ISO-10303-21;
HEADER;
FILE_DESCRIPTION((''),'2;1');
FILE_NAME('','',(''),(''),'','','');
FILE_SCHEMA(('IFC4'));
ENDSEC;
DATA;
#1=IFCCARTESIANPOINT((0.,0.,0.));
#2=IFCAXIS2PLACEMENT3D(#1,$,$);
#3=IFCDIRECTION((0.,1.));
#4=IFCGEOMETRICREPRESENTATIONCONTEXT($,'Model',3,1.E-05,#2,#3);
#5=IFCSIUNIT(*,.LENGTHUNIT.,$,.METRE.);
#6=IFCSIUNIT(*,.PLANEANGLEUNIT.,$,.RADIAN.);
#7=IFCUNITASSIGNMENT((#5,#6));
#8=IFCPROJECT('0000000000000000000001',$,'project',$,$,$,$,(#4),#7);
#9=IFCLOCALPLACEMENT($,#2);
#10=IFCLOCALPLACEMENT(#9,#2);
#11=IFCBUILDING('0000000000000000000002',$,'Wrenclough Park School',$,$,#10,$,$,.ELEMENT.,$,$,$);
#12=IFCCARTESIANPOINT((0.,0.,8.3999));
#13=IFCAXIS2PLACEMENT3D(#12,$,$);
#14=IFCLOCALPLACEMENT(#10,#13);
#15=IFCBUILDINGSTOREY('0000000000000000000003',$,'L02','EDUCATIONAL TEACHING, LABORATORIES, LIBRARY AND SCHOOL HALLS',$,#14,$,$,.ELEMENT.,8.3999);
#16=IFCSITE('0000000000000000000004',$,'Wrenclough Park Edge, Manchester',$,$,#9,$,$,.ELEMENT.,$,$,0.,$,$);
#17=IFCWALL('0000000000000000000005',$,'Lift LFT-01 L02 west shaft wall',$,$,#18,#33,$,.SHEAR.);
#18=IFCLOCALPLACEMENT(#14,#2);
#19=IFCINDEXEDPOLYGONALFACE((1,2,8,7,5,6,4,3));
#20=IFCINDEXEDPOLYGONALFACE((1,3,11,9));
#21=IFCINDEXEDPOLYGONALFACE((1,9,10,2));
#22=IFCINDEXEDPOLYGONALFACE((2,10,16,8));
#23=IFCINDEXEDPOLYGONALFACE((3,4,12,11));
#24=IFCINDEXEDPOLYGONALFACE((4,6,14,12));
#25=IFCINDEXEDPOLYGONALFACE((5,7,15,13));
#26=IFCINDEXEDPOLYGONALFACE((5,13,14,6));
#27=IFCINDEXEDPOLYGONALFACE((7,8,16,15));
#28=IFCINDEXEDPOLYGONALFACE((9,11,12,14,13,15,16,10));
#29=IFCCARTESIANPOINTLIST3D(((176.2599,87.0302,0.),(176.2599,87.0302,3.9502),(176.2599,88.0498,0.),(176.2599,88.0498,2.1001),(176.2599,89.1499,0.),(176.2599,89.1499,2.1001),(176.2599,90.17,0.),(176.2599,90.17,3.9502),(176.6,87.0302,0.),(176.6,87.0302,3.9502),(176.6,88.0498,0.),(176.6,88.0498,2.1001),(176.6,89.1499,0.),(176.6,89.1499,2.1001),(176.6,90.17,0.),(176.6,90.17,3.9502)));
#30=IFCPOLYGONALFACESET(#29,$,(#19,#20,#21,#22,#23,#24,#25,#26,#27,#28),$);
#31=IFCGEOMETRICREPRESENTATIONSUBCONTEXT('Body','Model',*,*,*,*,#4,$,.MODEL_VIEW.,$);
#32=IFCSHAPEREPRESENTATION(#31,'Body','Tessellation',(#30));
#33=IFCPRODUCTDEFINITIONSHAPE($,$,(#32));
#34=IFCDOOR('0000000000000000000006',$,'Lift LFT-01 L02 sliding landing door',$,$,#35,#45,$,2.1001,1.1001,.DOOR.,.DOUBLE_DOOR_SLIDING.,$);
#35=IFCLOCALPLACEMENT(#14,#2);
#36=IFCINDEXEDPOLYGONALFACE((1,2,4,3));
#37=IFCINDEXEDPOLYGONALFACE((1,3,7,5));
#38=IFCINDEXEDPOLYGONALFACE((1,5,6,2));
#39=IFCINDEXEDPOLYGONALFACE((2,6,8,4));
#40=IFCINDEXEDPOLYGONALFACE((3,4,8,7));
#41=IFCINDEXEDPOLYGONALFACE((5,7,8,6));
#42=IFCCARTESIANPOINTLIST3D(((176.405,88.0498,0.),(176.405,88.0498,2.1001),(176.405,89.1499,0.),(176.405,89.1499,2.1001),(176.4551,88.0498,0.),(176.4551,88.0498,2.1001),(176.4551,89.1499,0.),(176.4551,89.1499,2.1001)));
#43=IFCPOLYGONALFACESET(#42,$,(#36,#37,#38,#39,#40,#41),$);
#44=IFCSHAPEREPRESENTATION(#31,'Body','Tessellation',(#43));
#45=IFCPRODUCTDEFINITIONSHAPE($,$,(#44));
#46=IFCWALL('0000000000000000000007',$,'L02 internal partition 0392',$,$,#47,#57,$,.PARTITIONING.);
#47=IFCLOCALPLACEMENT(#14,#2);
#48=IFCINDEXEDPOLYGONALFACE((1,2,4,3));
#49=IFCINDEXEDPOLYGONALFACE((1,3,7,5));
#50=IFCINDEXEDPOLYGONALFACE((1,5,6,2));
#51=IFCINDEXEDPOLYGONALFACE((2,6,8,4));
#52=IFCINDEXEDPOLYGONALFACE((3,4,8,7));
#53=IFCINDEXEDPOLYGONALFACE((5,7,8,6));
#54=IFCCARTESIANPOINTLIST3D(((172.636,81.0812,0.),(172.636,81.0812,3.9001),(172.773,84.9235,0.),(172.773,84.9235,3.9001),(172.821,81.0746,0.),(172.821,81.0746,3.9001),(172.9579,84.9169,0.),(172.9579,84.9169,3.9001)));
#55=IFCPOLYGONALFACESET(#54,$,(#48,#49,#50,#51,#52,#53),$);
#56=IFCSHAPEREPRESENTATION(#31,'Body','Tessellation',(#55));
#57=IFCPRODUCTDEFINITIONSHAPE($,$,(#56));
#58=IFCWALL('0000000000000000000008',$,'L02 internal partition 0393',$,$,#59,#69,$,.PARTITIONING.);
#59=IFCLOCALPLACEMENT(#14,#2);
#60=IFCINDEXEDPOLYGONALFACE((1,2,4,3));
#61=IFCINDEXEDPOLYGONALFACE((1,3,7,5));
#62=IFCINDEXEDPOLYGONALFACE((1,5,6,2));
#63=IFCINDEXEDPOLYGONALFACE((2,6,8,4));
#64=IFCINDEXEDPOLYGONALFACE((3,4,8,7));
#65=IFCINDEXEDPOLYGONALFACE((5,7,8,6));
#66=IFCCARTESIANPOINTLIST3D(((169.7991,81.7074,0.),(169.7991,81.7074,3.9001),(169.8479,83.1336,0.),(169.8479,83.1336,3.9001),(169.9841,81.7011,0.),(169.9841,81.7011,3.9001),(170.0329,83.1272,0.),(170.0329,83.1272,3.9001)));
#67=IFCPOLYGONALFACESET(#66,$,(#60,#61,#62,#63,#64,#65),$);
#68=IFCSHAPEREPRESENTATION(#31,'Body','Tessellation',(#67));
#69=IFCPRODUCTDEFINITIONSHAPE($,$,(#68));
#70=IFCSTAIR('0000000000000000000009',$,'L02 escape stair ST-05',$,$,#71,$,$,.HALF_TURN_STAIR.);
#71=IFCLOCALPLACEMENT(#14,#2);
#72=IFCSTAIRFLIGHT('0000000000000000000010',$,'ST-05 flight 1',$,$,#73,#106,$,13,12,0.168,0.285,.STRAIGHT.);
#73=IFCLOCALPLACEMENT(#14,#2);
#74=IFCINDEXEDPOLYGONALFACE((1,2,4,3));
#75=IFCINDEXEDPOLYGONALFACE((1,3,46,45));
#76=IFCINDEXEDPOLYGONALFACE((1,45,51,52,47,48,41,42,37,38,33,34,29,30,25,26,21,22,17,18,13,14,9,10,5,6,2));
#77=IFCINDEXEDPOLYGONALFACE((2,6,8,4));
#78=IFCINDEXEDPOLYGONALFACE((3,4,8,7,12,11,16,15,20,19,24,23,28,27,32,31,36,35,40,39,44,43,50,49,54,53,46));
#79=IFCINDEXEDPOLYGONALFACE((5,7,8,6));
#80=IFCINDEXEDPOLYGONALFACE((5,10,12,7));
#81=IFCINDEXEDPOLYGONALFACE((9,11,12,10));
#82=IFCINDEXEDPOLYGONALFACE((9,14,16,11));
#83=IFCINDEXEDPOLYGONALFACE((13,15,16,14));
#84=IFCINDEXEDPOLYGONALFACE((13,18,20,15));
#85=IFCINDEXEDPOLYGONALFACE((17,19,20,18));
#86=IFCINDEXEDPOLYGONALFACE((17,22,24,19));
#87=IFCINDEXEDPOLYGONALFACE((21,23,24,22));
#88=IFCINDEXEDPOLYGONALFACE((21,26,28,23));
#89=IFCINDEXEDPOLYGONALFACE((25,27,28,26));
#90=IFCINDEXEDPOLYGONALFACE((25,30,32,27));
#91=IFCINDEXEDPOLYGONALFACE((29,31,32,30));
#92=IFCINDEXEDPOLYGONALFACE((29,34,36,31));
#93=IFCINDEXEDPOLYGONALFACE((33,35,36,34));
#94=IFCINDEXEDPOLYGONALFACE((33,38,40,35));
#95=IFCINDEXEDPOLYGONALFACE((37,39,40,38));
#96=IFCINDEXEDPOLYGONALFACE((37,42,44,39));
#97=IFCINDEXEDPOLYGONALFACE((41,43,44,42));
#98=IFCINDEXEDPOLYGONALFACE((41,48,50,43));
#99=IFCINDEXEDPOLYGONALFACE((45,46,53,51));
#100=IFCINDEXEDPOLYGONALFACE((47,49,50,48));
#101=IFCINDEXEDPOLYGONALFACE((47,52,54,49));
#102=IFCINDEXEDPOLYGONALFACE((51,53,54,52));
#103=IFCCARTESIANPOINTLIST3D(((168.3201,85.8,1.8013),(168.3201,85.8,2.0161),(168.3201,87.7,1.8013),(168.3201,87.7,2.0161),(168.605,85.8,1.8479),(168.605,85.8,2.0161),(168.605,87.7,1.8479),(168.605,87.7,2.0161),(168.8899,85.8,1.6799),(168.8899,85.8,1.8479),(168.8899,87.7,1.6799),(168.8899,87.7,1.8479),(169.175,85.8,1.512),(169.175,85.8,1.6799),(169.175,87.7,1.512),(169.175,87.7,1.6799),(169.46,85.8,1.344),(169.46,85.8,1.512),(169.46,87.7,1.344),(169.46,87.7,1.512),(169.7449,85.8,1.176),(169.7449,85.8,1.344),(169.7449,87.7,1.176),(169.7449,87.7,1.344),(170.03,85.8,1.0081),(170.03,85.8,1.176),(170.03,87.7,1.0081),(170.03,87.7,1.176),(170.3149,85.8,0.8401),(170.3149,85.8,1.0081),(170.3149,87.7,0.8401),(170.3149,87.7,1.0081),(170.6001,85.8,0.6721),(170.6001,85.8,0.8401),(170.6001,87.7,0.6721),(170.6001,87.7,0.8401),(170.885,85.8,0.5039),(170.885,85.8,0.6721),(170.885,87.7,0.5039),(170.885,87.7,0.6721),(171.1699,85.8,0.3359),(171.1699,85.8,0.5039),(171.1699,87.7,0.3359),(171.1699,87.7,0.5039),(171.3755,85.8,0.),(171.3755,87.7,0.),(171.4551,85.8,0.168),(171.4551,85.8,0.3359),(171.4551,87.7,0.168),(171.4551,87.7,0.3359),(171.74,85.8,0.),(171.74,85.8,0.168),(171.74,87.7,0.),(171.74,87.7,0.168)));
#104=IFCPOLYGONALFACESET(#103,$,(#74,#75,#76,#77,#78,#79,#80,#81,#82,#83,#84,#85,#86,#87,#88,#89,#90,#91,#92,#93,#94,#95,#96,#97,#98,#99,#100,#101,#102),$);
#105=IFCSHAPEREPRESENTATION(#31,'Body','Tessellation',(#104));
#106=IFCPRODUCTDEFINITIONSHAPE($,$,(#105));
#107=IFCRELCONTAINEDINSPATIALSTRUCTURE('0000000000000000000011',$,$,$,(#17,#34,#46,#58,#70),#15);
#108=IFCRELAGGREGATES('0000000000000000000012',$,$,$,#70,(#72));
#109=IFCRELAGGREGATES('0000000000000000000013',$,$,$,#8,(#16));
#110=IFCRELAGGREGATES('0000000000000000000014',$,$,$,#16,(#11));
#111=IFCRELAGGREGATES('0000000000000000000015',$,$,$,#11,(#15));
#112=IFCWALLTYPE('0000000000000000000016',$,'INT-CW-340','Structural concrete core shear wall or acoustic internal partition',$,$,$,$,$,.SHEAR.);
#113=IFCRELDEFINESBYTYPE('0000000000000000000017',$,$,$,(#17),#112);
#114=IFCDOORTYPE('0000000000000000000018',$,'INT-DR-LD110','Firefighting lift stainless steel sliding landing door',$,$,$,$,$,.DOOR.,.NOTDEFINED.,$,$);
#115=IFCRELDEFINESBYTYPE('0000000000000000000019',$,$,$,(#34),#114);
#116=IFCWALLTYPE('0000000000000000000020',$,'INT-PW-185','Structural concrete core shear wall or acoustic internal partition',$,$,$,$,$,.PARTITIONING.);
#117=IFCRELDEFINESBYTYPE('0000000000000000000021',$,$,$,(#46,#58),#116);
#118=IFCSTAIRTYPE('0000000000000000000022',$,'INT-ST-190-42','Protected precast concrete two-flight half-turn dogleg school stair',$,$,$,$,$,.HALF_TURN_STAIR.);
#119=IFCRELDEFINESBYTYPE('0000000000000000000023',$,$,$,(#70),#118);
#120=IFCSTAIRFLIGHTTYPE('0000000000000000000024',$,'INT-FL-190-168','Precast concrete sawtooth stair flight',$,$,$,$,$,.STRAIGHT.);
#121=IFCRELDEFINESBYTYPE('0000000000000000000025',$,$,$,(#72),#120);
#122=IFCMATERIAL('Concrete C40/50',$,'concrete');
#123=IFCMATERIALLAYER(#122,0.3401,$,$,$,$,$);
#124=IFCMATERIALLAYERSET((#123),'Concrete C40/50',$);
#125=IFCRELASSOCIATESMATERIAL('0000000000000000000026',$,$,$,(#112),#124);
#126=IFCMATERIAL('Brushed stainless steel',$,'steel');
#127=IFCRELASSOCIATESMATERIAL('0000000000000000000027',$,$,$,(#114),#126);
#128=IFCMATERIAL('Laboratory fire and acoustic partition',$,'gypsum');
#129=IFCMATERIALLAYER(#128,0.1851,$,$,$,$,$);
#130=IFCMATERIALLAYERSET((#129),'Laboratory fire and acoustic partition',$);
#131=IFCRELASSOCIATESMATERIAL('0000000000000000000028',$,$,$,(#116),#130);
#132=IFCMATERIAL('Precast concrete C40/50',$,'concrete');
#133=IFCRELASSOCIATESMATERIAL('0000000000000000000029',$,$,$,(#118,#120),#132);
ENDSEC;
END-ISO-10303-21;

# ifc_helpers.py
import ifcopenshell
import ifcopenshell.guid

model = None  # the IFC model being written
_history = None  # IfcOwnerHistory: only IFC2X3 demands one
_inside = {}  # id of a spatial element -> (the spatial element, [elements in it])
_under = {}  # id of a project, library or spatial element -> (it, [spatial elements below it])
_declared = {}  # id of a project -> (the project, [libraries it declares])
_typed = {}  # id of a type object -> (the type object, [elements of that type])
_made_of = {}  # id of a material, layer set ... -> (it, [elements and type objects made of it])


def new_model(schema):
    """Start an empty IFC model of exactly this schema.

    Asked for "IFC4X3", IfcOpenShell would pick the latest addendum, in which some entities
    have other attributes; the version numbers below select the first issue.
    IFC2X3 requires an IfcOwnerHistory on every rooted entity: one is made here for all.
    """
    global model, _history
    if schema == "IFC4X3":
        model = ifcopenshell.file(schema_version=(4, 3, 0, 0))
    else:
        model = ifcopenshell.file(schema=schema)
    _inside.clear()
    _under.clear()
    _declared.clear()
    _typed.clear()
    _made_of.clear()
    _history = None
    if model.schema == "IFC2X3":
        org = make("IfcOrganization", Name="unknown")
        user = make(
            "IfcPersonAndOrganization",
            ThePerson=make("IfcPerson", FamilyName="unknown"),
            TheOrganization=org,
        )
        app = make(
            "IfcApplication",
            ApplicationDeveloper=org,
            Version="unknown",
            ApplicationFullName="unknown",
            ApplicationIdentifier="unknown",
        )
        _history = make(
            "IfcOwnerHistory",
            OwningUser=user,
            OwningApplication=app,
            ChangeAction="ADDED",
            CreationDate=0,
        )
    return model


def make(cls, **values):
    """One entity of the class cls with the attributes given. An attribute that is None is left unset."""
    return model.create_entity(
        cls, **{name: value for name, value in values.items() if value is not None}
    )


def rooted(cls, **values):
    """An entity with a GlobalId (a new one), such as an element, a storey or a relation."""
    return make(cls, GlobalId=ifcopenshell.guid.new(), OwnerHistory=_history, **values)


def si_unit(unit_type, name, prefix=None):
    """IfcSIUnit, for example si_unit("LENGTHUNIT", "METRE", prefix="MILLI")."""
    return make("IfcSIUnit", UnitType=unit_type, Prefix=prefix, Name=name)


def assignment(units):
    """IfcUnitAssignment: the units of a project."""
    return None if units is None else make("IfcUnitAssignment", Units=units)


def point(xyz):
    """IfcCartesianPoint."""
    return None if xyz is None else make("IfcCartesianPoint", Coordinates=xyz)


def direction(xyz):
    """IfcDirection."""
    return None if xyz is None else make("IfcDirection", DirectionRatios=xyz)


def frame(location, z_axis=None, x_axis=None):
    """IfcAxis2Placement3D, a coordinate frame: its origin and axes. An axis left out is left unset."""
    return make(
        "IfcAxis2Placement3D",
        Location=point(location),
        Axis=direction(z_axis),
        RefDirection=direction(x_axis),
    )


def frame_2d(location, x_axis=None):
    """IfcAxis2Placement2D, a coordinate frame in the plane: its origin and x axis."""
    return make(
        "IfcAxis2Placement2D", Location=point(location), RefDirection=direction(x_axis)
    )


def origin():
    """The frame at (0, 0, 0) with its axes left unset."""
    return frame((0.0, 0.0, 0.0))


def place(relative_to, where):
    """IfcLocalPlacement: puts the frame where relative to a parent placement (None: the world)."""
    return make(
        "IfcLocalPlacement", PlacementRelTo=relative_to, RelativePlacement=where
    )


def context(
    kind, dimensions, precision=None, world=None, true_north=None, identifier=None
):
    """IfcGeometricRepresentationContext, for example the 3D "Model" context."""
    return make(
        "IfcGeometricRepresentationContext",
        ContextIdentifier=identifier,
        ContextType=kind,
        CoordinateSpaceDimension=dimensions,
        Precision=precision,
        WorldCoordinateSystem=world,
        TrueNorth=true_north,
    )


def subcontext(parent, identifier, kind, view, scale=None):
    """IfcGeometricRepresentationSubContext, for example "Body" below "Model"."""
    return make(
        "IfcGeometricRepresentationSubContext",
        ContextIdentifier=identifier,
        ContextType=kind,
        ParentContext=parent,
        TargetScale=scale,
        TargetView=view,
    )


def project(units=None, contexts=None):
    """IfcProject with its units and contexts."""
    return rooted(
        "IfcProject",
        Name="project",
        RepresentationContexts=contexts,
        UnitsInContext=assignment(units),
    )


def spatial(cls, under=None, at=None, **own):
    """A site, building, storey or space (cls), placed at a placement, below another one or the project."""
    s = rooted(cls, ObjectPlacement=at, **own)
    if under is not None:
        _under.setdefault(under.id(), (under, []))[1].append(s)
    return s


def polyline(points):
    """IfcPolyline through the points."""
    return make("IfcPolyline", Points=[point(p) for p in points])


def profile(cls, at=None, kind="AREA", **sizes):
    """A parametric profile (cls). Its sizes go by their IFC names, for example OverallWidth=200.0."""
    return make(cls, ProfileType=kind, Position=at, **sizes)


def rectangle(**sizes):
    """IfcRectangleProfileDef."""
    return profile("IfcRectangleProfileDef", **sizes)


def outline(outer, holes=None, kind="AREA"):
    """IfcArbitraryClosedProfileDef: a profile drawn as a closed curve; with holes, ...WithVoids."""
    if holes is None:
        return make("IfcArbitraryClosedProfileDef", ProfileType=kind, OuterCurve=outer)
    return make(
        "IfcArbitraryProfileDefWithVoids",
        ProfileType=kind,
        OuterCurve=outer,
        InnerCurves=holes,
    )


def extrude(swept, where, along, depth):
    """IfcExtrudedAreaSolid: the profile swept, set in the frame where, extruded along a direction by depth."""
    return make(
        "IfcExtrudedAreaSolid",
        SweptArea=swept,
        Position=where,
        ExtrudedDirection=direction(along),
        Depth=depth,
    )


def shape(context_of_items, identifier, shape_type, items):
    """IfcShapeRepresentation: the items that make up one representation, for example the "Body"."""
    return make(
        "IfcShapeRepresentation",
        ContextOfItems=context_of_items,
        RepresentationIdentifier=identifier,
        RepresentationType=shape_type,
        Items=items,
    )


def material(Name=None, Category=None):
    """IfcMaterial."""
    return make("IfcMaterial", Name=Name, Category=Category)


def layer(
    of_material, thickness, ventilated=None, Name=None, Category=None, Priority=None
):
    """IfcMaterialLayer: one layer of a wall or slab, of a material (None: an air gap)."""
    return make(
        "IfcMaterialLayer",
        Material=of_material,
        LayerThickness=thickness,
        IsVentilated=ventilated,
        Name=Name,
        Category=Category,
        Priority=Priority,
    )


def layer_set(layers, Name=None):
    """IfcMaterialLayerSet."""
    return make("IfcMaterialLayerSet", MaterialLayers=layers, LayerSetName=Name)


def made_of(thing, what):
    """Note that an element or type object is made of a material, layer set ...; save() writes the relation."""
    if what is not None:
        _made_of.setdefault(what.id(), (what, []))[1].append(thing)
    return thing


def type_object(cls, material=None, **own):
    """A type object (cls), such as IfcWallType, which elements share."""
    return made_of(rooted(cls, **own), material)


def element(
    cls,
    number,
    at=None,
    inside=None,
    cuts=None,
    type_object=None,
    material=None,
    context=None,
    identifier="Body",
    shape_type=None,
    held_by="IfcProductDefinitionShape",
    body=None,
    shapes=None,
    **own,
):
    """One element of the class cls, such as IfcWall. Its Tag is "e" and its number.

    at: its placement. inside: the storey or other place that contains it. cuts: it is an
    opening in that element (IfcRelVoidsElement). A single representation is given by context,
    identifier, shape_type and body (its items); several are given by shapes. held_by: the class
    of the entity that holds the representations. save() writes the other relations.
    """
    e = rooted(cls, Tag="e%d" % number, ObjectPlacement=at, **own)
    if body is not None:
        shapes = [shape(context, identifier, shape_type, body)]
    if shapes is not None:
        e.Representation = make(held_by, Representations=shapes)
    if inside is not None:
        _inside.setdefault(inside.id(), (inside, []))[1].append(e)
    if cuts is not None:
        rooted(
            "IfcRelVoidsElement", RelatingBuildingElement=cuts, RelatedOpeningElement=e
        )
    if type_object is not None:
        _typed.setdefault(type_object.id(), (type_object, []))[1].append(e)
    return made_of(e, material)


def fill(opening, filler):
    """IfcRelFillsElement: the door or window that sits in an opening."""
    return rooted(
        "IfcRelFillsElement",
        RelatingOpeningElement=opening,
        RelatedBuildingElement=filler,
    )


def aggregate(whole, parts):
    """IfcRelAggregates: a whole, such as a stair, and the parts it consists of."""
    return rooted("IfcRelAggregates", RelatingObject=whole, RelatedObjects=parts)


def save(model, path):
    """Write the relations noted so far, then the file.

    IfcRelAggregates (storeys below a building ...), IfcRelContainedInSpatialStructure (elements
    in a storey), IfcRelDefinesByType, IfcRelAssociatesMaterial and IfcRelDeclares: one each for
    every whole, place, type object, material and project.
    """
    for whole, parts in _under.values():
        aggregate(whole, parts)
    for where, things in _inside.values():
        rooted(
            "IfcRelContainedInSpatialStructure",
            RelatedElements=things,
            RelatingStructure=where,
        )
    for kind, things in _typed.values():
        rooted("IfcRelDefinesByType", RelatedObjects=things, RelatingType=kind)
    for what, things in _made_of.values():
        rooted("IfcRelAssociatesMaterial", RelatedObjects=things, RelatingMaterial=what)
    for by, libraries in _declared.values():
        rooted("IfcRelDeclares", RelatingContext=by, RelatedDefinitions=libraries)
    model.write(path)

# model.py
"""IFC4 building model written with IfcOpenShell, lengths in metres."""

from ifc_helpers import new_model, si_unit, direction, frame, frame_2d, origin, place, context, subcontext, project, spatial, polyline, rectangle, outline, extrude, material, layer, layer_set, type_object, element, fill, aggregate, save


model = new_model("IFC4")

# Units and contexts
model_context = context("Model", 3, precision=1e-05, world=origin(), true_north=direction((0.0, 1.0)))
body_context = subcontext(model_context, "Body", "Model", "MODEL_VIEW")
ifc_project = project(units=[si_unit("LENGTHUNIT", "METRE"), si_unit("PLANEANGLEUNIT", "RADIAN")], contexts=[model_context])

# Site, building, storey
site_placement = place(None, origin())
site = spatial("IfcSite", under=ifc_project, at=site_placement, Name="Wrenclough Park Edge, Manchester", CompositionType="ELEMENT", RefElevation=0.0)
building_placement = place(site_placement, origin())
building = spatial("IfcBuilding", under=site, at=building_placement, Name="Wrenclough Park School", CompositionType="ELEMENT")
storey_placement = place(building_placement, frame((0.0, 0.0, 8.3999)))
storey = spatial("IfcBuildingStorey", under=building, at=storey_placement, Name="L02", Description="EDUCATIONAL TEACHING, LABORATORIES, LIBRARY AND SCHOOL HALLS", CompositionType="ELEMENT", Elevation=8.3999)

# Shared definitions
ifc_material_1 = material(Name="Concrete C40/50", Category="concrete")

# Shared definitions
ifc_layer_1 = layer(ifc_material_1, 0.3401)
ifc_layer_set_1 = layer_set([ifc_layer_1], Name="Concrete C40/50")
wall_type_1 = type_object("IfcWallType", Name="INT-CW-340", Description="Structural concrete core shear wall or acoustic internal partition", PredefinedType="SHEAR", material=ifc_layer_set_1)

# Wall, opening, door
wall_1_placement = place(storey_placement, frame((176.4299, 90.1699, 0.0), z_axis=(0.0, 0.0, 1.0), x_axis=(0.0, -1.0, 0.0)))
wall_1 = element("IfcWall", 1, at=wall_1_placement, inside=storey, type_object=wall_type_1, Name="Lift LFT-01 L02 west shaft wall", PredefinedType="SHEAR", context=body_context, shape_type="SweptSolid", body=[
    extrude(rectangle(XDim=3.1399, YDim=0.3401, at=frame_2d((1.5698, 0.0))), origin(), (0.0, 0.0, 1.0), 3.9502),
])
opening_1_placement = place(wall_1_placement, frame((1.02, 0.0, 0.0)))
opening_1 = element("IfcOpeningElement", 2, at=opening_1_placement, cuts=wall_1, PredefinedType="OPENING", context=body_context, shape_type="SweptSolid", body=[
    extrude(rectangle(XDim=1.1001, YDim=2.1001, at=frame_2d((0.55, 1.05))), frame((0.0, 0.1799, 0.0), z_axis=(0.0, -1.0, 0.0), x_axis=(1.0, 0.0, 0.0)), (0.0, 0.0, 1.0), 0.3601),
])
ifc_material_2 = material(Name="Brushed stainless steel", Category="steel")
door_type_1 = type_object("IfcDoorType", Name="INT-DR-LD110", Description="Firefighting lift stainless steel sliding landing door", OperationType="NOTDEFINED", PredefinedType="DOOR", material=ifc_material_2)
door_1_placement = place(opening_1_placement, frame((1.1001, 0.0, 0.0), z_axis=(0.0, 0.0, 1.0), x_axis=(-1.0, 0.0, 0.0)))
door_1 = element("IfcDoor", 3, at=door_1_placement, inside=storey, type_object=door_type_1, Name="Lift LFT-01 L02 sliding landing door", OperationType="DOUBLE_DOOR_SLIDING", OverallHeight=2.1001, OverallWidth=1.1001, PredefinedType="DOOR", context=body_context, shape_type="SweptSolid", body=[
    extrude(rectangle(XDim=1.1001, YDim=2.1001, at=frame_2d((0.55, 1.05))), frame((0.0, 0.0249, 0.0), z_axis=(0.0, -1.0, 0.0), x_axis=(1.0, 0.0, 0.0)), (0.0, 0.0, 1.0), 0.05),
])
fill(opening_1, door_1)

# Walls
ifc_material_3 = material(Name="Laboratory fire and acoustic partition", Category="gypsum")
ifc_layer_2 = layer(ifc_material_3, 0.1851)
ifc_layer_set_2 = layer_set([ifc_layer_2], Name="Laboratory fire and acoustic partition")
wall_type_2 = type_object("IfcWallType", Name="INT-PW-185", Description="Structural concrete core shear wall or acoustic internal partition", PredefinedType="PARTITIONING", material=ifc_layer_set_2)
wall_2_placement = place(storey_placement, frame((172.8655, 84.9202, 0.0), z_axis=(0.0, 0.0, 1.0), x_axis=(-0.035624, -0.999365, 0.0)))
element("IfcWall", 4, at=wall_2_placement, inside=storey, type_object=wall_type_2, Name="L02 internal partition 0392", PredefinedType="PARTITIONING", context=body_context, shape_type="SweptSolid", body=[
    extrude(rectangle(XDim=3.8447, YDim=0.1851, at=frame_2d((1.9224, 0.0))), origin(), (0.0, 0.0, 1.0), 3.9001),
])
wall_3_placement = place(storey_placement, frame((169.8916, 81.7043, 0.0), z_axis=(0.0, 0.0, 1.0), x_axis=(0.034215, 0.999415, 0.0)))
element("IfcWall", 5, at=wall_3_placement, inside=storey, type_object=wall_type_2, Name="L02 internal partition 0393", PredefinedType="PARTITIONING", context=body_context, shape_type="SweptSolid", body=[
    extrude(rectangle(XDim=1.427, YDim=0.1851, at=frame_2d((0.7134, 0.0))), origin(), (0.0, 0.0, 1.0), 3.9001),
])

# Stair, stair flight
ifc_material_4 = material(Name="Precast concrete C40/50", Category="concrete")
stair_type = type_object("IfcStairType", Name="INT-ST-190-42", Description="Protected precast concrete two-flight half-turn dogleg school stair", PredefinedType="HALF_TURN_STAIR", material=ifc_material_4)
stair_placement = place(storey_placement, origin())
stair = element("IfcStair", 6, at=stair_placement, inside=storey, type_object=stair_type, Name="L02 escape stair ST-05", PredefinedType="HALF_TURN_STAIR")
stair_flight_type = type_object("IfcStairFlightType", Name="INT-FL-190-168", Description="Precast concrete sawtooth stair flight", PredefinedType="STRAIGHT", material=ifc_material_4)
stair_flight_placement = place(storey_placement, frame((171.74, 86.75, 0.0), z_axis=(0.0, 0.0, 1.0), x_axis=(-1.0, 0.0, 0.0)))
stair_flight = element("IfcStairFlight", 7, at=stair_flight_placement, type_object=stair_flight_type, Name="ST-05 flight 1", NumberOfRisers=13, NumberOfTreads=12, PredefinedType="STRAIGHT", RiserHeight=0.168, TreadLength=0.285, context=body_context, shape_type="SweptSolid", body=[
    extrude(outline(polyline([(0.0, 0.0), (0.0, 0.168), (0.2849, 0.168), (0.2849, 0.3359), (0.5701, 0.3359), (0.5701, 0.5039), (0.855, 0.5039), (0.855, 0.6721), (1.1399, 0.6721), (1.1399, 0.8401), (1.425, 0.8401), (1.425, 1.0081), (1.71, 1.0081), (1.71, 1.176), (1.9951, 1.176), (1.9951, 1.344), (2.28, 1.344), (2.28, 1.512), (2.5649, 1.512), (2.5649, 1.6799), (2.8501, 1.6799), (2.8501, 1.8479), (3.135, 1.8479), (3.135, 2.0161), (3.4199, 2.0161), (3.4199, 2.1841), (3.4199, 1.8013), (0.3645, 0.0), (0.0, 0.0)])), frame((0.0, 0.95, 0.0), z_axis=(0.0, -1.0, 0.0), x_axis=(1.0, 0.0, 0.0)), (0.0, 0.0, 1.0), 1.8999),
])
aggregate(stair, [stair_flight])

save(model, "model.ifc")
